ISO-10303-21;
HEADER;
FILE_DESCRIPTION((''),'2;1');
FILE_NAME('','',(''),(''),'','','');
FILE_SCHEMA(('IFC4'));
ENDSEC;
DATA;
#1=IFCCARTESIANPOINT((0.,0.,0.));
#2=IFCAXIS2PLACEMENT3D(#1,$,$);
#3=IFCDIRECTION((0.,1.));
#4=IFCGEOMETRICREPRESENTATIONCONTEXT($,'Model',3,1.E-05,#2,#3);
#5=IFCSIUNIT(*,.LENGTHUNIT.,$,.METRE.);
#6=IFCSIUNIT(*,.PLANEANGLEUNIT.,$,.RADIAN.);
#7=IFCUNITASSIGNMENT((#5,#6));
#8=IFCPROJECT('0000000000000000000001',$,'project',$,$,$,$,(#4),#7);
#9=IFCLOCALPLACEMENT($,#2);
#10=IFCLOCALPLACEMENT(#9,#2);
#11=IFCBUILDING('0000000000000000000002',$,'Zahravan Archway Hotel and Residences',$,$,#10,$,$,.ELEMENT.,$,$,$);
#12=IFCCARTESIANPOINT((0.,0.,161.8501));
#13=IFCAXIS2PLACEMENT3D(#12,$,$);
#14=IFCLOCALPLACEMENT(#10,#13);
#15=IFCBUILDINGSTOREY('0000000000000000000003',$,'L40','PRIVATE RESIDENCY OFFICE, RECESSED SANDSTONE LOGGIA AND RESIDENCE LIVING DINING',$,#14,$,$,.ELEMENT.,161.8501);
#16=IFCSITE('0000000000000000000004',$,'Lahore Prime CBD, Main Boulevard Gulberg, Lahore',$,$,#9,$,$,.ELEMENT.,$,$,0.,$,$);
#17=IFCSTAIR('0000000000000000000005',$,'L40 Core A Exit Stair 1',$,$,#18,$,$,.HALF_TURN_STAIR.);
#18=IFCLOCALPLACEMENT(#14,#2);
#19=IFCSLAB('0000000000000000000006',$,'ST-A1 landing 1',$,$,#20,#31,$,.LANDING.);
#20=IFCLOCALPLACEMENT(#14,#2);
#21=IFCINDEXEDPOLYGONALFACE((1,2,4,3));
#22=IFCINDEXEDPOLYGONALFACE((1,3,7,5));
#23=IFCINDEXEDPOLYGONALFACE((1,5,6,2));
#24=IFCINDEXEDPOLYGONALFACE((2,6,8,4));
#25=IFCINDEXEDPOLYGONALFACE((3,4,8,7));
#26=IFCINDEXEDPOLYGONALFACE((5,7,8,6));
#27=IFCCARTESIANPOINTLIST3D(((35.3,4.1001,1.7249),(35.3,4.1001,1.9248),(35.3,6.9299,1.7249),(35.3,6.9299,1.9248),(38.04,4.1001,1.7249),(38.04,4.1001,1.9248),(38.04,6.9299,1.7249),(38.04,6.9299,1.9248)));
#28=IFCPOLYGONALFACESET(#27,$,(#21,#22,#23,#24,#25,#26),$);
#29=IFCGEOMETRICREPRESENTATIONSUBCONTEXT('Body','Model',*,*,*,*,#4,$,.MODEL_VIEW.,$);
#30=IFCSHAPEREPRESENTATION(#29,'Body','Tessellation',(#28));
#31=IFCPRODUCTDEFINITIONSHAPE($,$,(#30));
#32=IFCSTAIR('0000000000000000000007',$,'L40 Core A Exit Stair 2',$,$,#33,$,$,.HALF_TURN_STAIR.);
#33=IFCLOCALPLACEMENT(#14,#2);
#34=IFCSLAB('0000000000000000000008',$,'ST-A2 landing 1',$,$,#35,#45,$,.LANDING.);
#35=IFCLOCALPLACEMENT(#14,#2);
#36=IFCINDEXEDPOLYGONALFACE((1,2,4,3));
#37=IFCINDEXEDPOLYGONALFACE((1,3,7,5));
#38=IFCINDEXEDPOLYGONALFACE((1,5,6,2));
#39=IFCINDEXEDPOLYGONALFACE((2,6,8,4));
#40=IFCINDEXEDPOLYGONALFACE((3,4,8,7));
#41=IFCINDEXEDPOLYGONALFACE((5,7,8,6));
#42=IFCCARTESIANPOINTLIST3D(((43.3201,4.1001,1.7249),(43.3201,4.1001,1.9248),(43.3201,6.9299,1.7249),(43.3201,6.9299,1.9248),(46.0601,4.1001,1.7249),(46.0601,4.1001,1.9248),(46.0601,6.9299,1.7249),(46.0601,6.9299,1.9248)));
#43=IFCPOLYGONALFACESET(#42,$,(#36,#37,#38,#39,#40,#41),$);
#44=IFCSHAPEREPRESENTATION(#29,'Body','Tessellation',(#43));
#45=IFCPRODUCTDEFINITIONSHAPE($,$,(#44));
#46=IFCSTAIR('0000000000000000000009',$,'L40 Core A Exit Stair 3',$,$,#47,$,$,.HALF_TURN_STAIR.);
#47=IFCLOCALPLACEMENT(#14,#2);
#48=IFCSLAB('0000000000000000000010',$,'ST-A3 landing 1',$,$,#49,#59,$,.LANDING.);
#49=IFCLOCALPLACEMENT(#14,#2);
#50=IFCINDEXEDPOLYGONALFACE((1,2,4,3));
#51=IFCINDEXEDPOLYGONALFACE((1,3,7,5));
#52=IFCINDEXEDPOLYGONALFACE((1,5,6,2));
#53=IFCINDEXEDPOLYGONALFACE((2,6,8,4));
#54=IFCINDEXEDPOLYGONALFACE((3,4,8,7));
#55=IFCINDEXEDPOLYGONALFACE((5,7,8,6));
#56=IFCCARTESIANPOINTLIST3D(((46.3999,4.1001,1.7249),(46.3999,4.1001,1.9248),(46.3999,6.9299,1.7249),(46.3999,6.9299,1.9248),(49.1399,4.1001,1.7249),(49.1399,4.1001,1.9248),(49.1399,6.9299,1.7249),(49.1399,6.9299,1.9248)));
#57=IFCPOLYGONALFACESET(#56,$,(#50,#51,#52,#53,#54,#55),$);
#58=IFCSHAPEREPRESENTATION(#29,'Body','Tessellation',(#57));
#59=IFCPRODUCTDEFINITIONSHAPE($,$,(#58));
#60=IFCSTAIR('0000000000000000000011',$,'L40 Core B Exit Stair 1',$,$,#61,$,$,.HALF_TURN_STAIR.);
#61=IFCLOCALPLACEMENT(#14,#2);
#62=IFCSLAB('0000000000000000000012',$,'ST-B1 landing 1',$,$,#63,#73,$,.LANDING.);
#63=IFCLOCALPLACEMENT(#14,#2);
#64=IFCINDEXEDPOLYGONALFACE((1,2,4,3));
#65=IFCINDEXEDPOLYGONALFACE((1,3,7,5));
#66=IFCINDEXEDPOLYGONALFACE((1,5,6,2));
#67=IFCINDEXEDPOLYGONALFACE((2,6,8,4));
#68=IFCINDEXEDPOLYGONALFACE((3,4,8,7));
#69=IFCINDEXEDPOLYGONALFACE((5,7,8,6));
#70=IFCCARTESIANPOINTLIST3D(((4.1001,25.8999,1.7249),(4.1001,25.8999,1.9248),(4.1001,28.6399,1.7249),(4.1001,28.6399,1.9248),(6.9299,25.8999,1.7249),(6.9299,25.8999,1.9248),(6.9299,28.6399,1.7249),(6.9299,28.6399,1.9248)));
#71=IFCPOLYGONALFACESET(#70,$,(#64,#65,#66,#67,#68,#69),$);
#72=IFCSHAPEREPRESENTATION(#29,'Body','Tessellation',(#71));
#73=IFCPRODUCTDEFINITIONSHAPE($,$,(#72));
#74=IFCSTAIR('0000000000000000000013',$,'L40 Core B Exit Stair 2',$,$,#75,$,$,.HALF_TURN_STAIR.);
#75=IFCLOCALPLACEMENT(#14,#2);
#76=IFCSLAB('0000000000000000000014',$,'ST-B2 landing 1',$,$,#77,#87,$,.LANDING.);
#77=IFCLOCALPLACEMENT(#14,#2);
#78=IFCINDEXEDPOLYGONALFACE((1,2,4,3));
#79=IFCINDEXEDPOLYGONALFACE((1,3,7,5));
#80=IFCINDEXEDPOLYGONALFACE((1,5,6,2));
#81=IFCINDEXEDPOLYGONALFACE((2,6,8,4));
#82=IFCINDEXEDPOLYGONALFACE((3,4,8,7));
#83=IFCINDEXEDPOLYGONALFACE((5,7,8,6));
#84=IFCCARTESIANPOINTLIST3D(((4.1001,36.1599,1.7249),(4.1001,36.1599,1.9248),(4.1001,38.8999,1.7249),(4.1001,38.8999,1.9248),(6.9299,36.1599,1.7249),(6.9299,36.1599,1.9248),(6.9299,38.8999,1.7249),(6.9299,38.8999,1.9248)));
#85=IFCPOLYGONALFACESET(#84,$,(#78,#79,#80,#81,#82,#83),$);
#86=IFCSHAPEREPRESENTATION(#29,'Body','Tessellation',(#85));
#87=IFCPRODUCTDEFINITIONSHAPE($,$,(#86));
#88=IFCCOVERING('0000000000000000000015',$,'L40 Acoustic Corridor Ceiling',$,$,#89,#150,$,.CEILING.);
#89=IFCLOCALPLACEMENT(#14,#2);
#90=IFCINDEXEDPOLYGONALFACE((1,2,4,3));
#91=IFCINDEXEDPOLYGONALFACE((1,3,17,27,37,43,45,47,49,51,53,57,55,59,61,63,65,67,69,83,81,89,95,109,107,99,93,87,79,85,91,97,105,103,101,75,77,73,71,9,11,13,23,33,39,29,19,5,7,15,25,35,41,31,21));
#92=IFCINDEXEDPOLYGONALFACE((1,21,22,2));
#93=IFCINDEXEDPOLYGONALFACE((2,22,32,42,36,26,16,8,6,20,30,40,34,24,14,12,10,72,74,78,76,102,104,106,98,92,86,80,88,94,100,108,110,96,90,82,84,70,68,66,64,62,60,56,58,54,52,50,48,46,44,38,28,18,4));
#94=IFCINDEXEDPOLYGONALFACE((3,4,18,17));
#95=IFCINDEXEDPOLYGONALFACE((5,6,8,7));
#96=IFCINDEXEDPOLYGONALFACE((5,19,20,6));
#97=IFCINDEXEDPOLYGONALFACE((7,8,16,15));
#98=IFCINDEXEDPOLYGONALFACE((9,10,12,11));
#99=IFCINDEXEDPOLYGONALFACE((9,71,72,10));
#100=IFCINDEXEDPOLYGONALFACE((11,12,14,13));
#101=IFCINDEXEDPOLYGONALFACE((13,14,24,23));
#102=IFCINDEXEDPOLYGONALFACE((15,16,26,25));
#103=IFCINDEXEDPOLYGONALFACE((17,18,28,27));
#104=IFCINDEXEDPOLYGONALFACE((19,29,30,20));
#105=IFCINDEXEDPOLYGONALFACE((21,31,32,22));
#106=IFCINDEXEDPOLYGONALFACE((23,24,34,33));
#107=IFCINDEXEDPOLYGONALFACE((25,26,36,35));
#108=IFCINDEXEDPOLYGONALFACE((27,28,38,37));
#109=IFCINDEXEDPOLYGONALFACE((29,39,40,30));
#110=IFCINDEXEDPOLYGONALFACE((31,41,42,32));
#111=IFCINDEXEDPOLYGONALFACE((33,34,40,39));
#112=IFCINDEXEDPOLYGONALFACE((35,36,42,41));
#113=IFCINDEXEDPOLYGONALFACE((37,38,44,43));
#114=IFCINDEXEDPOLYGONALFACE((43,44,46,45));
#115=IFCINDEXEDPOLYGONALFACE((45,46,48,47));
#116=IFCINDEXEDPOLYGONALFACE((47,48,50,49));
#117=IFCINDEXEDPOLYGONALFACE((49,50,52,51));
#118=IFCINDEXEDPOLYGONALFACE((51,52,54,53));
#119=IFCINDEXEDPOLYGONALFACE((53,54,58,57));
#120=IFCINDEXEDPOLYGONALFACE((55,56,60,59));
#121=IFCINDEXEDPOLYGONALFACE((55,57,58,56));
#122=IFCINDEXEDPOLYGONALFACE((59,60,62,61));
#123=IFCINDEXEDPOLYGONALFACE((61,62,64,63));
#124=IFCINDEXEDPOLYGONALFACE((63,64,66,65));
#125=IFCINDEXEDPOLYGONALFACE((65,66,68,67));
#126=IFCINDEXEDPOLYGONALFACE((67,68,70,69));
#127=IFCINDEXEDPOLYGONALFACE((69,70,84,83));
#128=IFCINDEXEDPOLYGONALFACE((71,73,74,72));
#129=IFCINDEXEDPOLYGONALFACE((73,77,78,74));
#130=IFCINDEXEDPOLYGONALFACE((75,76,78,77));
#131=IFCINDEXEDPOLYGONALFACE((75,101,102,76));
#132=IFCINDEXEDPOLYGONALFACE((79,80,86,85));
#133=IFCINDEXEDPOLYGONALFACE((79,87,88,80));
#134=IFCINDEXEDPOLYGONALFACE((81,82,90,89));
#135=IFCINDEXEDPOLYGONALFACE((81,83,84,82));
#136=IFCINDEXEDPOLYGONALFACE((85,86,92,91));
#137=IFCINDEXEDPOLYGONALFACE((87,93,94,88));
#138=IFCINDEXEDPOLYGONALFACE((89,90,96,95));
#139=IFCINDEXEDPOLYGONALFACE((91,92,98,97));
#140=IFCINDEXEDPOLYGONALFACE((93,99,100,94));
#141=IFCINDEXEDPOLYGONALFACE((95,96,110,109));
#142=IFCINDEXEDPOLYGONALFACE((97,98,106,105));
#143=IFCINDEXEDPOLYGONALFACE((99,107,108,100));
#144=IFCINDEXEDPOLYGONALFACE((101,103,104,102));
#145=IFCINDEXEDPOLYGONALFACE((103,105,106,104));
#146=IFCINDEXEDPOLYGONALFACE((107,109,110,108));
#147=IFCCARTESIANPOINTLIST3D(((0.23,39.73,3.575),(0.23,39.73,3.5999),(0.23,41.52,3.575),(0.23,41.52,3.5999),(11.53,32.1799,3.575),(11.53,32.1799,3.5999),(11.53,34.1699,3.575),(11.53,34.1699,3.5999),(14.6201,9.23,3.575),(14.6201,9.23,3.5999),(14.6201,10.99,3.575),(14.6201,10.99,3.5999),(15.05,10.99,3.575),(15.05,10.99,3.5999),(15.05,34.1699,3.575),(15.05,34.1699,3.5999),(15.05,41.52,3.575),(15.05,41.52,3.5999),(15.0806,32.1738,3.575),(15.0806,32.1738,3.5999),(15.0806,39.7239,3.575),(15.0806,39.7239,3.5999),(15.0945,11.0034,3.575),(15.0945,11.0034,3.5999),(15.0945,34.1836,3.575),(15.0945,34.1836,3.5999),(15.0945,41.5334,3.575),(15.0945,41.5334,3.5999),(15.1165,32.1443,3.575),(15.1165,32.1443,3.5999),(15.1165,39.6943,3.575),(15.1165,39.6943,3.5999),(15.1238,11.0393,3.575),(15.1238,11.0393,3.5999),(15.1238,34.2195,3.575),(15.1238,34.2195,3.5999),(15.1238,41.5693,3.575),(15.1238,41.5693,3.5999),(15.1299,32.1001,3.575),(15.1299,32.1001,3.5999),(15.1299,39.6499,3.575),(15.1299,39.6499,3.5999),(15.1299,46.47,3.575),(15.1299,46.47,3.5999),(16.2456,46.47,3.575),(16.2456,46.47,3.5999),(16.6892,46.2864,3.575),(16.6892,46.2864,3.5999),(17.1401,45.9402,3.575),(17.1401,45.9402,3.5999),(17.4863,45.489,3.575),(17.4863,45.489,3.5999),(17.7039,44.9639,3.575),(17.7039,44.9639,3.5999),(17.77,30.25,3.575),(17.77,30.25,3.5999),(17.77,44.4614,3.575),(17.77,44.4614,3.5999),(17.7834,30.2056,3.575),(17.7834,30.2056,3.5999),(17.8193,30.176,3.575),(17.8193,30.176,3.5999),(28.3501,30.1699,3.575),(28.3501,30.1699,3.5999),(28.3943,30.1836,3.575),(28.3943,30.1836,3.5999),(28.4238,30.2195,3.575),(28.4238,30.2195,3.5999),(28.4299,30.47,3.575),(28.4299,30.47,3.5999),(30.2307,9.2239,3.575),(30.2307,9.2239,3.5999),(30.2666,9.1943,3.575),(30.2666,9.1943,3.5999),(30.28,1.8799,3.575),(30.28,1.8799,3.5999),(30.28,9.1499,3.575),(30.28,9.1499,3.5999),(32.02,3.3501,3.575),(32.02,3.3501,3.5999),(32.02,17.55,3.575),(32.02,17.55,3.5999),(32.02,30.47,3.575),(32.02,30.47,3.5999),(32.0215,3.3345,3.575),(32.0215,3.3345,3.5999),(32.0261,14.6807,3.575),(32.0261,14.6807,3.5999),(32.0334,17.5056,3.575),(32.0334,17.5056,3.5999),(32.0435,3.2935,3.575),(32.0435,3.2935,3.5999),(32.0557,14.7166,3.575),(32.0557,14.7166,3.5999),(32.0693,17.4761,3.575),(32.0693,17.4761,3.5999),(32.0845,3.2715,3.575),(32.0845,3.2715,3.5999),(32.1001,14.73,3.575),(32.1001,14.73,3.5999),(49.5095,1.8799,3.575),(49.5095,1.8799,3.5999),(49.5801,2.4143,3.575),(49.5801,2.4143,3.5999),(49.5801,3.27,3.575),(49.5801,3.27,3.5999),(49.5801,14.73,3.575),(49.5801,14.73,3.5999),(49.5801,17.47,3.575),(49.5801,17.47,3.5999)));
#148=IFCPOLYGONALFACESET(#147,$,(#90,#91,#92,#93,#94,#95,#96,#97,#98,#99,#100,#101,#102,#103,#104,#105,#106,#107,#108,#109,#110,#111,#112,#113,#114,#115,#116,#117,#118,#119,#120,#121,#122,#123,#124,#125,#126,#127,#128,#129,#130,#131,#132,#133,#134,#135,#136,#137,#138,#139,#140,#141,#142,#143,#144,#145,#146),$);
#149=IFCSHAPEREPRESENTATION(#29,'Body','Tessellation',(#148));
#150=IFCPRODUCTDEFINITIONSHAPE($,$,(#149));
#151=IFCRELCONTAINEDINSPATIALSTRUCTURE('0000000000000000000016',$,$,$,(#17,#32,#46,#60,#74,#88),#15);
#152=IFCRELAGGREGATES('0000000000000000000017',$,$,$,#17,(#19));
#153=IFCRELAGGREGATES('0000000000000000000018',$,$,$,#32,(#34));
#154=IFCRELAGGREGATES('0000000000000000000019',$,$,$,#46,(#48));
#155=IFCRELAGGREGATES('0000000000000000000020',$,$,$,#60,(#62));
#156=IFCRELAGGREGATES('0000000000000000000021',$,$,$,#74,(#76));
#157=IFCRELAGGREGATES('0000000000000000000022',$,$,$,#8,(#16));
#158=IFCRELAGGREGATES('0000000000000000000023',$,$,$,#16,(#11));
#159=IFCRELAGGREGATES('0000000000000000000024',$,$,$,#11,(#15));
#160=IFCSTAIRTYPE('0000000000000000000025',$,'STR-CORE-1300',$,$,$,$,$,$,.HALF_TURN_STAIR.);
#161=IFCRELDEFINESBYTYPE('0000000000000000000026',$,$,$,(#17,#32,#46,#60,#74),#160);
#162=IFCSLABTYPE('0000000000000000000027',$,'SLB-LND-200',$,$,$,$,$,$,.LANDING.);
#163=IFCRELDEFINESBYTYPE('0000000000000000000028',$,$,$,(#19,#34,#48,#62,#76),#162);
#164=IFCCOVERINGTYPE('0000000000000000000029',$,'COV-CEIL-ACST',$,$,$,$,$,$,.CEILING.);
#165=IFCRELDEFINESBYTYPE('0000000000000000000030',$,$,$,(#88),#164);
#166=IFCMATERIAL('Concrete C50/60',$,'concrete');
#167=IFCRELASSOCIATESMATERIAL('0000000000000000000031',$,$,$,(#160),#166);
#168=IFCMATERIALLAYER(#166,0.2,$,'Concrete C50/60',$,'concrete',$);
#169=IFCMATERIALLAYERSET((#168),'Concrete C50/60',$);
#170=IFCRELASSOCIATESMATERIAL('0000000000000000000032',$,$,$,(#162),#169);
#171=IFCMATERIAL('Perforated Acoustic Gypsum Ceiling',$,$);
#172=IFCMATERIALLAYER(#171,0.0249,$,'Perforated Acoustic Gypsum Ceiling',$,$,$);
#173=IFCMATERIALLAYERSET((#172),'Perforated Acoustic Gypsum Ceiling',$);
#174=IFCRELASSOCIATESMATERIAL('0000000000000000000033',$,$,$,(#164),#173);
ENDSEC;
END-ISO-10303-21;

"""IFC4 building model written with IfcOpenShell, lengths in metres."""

from ifc_helpers import new_model, si_unit, direction, frame, origin, place, context, subcontext, project, spatial, polyline, outline, extrude, material, layer, layer_set, type_object, element, aggregate, save


model = new_model("IFC4")

# Units and contexts
model_context = context("Model", 3, precision=1e-05, world=origin(), true_north=direction((0.0, 1.0)))
body_context = subcontext(model_context, "Body", "Model", "MODEL_VIEW")
ifc_project = project(units=[si_unit("LENGTHUNIT", "METRE"), si_unit("PLANEANGLEUNIT", "RADIAN")], contexts=[model_context])

# Site, building, storey
site_placement = place(None, origin())
site = spatial("IfcSite", under=ifc_project, at=site_placement, Name="Lahore Prime CBD, Main Boulevard Gulberg, Lahore", CompositionType="ELEMENT", RefElevation=0.0)
building_placement = place(site_placement, origin())
building = spatial("IfcBuilding", under=site, at=building_placement, Name="Zahravan Archway Hotel and Residences", CompositionType="ELEMENT")
storey_placement = place(building_placement, frame((0.0, 0.0, 161.8501)))
storey = spatial("IfcBuildingStorey", under=building, at=storey_placement, Name="L40", Description="PRIVATE RESIDENCY OFFICE, RECESSED SANDSTONE LOGGIA AND RESIDENCE LIVING DINING", CompositionType="ELEMENT", Elevation=161.8501)

# Stairs, slabs
ifc_material_1 = material(Name="Concrete C50/60", Category="concrete")
stair_type = type_object("IfcStairType", Name="STR-CORE-1300", PredefinedType="HALF_TURN_STAIR", material=ifc_material_1)
stair_1_placement = place(storey_placement, origin())
stair_1 = element("IfcStair", 1, at=stair_1_placement, inside=storey, type_object=stair_type, Name="L40 Core A Exit Stair 1", PredefinedType="HALF_TURN_STAIR")
ifc_layer_1 = layer(ifc_material_1, 0.2, Name="Concrete C50/60", Category="concrete")
ifc_layer_set_1 = layer_set([ifc_layer_1], Name="Concrete C50/60")
slab_type_1 = type_object("IfcSlabType", Name="SLB-LND-200", PredefinedType="LANDING", material=ifc_layer_set_1)
slab_1_placement = place(storey_placement, frame((0.0, 0.0, 1.7249)))
slab_1 = element("IfcSlab", 2, at=slab_1_placement, type_object=slab_type_1, Name="ST-A1 landing 1", PredefinedType="LANDING", context=body_context, shape_type="SweptSolid", body=[
    extrude(outline(polyline([(35.3, 6.9299), (35.3, 4.1001), (38.04, 4.1001), (38.04, 6.9299), (35.3, 6.9299)])), origin(), (0.0, 0.0, 1.0), 0.2),
])
aggregate(stair_1, [slab_1])
stair_2_placement = place(storey_placement, origin())
stair_2 = element("IfcStair", 3, at=stair_2_placement, inside=storey, type_object=stair_type, Name="L40 Core A Exit Stair 2", PredefinedType="HALF_TURN_STAIR")
slab_2_placement = place(storey_placement, frame((0.0, 0.0, 1.7249)))
slab_2 = element("IfcSlab", 4, at=slab_2_placement, type_object=slab_type_1, Name="ST-A2 landing 1", PredefinedType="LANDING", context=body_context, shape_type="SweptSolid", body=[
    extrude(outline(polyline([(43.3201, 6.9299), (43.3201, 4.1001), (46.0601, 4.1001), (46.0601, 6.9299), (43.3201, 6.9299)])), origin(), (0.0, 0.0, 1.0), 0.2),
])
aggregate(stair_2, [slab_2])
stair_3_placement = place(storey_placement, origin())
stair_3 = element("IfcStair", 5, at=stair_3_placement, inside=storey, type_object=stair_type, Name="L40 Core A Exit Stair 3", PredefinedType="HALF_TURN_STAIR")
slab_3_placement = place(storey_placement, frame((0.0, 0.0, 1.7249)))
slab_3 = element("IfcSlab", 6, at=slab_3_placement, type_object=slab_type_1, Name="ST-A3 landing 1", PredefinedType="LANDING", context=body_context, shape_type="SweptSolid", body=[
    extrude(outline(polyline([(46.3999, 6.9299), (46.3999, 4.1001), (49.1399, 4.1001), (49.1399, 6.9299), (46.3999, 6.9299)])), origin(), (0.0, 0.0, 1.0), 0.2),
])
aggregate(stair_3, [slab_3])
stair_4_placement = place(storey_placement, origin())
stair_4 = element("IfcStair", 7, at=stair_4_placement, inside=storey, type_object=stair_type, Name="L40 Core B Exit Stair 1", PredefinedType="HALF_TURN_STAIR")
slab_4_placement = place(storey_placement, frame((0.0, 0.0, 1.7249)))
slab_4 = element("IfcSlab", 8, at=slab_4_placement, type_object=slab_type_1, Name="ST-B1 landing 1", PredefinedType="LANDING", context=body_context, shape_type="SweptSolid", body=[
    extrude(outline(polyline([(6.9299, 28.6399), (4.1001, 28.6399), (4.1001, 25.8999), (6.9299, 25.8999), (6.9299, 28.6399)])), origin(), (0.0, 0.0, 1.0), 0.2),
])
aggregate(stair_4, [slab_4])
stair_5_placement = place(storey_placement, origin())
stair_5 = element("IfcStair", 9, at=stair_5_placement, inside=storey, type_object=stair_type, Name="L40 Core B Exit Stair 2", PredefinedType="HALF_TURN_STAIR")
slab_5_placement = place(storey_placement, frame((0.0, 0.0, 1.7249)))
slab_5 = element("IfcSlab", 10, at=slab_5_placement, type_object=slab_type_1, Name="ST-B2 landing 1", PredefinedType="LANDING", context=body_context, shape_type="SweptSolid", body=[
    extrude(outline(polyline([(6.9299, 38.8999), (4.1001, 38.8999), (4.1001, 36.1599), (6.9299, 36.1599), (6.9299, 38.8999)])), origin(), (0.0, 0.0, 1.0), 0.2),
])
aggregate(stair_5, [slab_5])

# Covering
ifc_material_2 = material(Name="Perforated Acoustic Gypsum Ceiling")
ifc_layer_2 = layer(ifc_material_2, 0.0249, Name="Perforated Acoustic Gypsum Ceiling")
ifc_layer_set_2 = layer_set([ifc_layer_2], Name="Perforated Acoustic Gypsum Ceiling")
covering_type_1 = type_object("IfcCoveringType", Name="COV-CEIL-ACST", PredefinedType="CEILING", material=ifc_layer_set_2)
covering_1_placement = place(storey_placement, frame((0.0, 0.0, 3.575)))
element("IfcCovering", 11, at=covering_1_placement, inside=storey, type_object=covering_type_1, Name="L40 Acoustic Corridor Ceiling", PredefinedType="CEILING", context=body_context, shape_type="SweptSolid", body=[
    extrude(outline(polyline([(32.0215, 3.3345), (32.0435, 3.2935), (32.0845, 3.2715), (49.5801, 3.27), (49.5801, 2.4143), (49.5095, 1.8799), (30.28, 1.8799), (30.28, 9.1499), (30.2666, 9.1943), (30.2307, 9.2239), (14.6201, 9.23), (14.6201, 10.99), (15.05, 10.99), (15.0945, 11.0034), (15.1238, 11.0393), (15.1299, 32.1001), (15.1165, 32.1443), (15.0806, 32.1738), (11.53, 32.1799), (11.53, 34.1699), (15.05, 34.1699), (15.0945, 34.1836), (15.1238, 34.2195), (15.1299, 39.6499), (15.1165, 39.6943), (15.0806, 39.7239), (0.23, 39.73), (0.23, 41.52), (15.05, 41.52), (15.0945, 41.5334), (15.1238, 41.5693), (15.1299, 46.47), (16.2456, 46.47), (16.6892, 46.2864), (17.1401, 45.9402), (17.4863, 45.489), (17.7039, 44.9639), (17.77, 44.4614), (17.77, 30.25), (17.7834, 30.2056), (17.8193, 30.176), (28.3501, 30.1699), (28.3943, 30.1836), (28.4238, 30.2195), (28.4299, 30.47), (32.02, 30.47), (32.02, 17.55), (32.0334, 17.5056), (32.0693, 17.4761), (49.5801, 17.47), (49.5801, 14.73), (32.1001, 14.73), (32.0557, 14.7166), (32.0261, 14.6807), (32.02, 3.3501), (32.0215, 3.3345)])), origin(), (0.0, 0.0, 1.0), 0.0249),
])

save(model, "model.ifc")
